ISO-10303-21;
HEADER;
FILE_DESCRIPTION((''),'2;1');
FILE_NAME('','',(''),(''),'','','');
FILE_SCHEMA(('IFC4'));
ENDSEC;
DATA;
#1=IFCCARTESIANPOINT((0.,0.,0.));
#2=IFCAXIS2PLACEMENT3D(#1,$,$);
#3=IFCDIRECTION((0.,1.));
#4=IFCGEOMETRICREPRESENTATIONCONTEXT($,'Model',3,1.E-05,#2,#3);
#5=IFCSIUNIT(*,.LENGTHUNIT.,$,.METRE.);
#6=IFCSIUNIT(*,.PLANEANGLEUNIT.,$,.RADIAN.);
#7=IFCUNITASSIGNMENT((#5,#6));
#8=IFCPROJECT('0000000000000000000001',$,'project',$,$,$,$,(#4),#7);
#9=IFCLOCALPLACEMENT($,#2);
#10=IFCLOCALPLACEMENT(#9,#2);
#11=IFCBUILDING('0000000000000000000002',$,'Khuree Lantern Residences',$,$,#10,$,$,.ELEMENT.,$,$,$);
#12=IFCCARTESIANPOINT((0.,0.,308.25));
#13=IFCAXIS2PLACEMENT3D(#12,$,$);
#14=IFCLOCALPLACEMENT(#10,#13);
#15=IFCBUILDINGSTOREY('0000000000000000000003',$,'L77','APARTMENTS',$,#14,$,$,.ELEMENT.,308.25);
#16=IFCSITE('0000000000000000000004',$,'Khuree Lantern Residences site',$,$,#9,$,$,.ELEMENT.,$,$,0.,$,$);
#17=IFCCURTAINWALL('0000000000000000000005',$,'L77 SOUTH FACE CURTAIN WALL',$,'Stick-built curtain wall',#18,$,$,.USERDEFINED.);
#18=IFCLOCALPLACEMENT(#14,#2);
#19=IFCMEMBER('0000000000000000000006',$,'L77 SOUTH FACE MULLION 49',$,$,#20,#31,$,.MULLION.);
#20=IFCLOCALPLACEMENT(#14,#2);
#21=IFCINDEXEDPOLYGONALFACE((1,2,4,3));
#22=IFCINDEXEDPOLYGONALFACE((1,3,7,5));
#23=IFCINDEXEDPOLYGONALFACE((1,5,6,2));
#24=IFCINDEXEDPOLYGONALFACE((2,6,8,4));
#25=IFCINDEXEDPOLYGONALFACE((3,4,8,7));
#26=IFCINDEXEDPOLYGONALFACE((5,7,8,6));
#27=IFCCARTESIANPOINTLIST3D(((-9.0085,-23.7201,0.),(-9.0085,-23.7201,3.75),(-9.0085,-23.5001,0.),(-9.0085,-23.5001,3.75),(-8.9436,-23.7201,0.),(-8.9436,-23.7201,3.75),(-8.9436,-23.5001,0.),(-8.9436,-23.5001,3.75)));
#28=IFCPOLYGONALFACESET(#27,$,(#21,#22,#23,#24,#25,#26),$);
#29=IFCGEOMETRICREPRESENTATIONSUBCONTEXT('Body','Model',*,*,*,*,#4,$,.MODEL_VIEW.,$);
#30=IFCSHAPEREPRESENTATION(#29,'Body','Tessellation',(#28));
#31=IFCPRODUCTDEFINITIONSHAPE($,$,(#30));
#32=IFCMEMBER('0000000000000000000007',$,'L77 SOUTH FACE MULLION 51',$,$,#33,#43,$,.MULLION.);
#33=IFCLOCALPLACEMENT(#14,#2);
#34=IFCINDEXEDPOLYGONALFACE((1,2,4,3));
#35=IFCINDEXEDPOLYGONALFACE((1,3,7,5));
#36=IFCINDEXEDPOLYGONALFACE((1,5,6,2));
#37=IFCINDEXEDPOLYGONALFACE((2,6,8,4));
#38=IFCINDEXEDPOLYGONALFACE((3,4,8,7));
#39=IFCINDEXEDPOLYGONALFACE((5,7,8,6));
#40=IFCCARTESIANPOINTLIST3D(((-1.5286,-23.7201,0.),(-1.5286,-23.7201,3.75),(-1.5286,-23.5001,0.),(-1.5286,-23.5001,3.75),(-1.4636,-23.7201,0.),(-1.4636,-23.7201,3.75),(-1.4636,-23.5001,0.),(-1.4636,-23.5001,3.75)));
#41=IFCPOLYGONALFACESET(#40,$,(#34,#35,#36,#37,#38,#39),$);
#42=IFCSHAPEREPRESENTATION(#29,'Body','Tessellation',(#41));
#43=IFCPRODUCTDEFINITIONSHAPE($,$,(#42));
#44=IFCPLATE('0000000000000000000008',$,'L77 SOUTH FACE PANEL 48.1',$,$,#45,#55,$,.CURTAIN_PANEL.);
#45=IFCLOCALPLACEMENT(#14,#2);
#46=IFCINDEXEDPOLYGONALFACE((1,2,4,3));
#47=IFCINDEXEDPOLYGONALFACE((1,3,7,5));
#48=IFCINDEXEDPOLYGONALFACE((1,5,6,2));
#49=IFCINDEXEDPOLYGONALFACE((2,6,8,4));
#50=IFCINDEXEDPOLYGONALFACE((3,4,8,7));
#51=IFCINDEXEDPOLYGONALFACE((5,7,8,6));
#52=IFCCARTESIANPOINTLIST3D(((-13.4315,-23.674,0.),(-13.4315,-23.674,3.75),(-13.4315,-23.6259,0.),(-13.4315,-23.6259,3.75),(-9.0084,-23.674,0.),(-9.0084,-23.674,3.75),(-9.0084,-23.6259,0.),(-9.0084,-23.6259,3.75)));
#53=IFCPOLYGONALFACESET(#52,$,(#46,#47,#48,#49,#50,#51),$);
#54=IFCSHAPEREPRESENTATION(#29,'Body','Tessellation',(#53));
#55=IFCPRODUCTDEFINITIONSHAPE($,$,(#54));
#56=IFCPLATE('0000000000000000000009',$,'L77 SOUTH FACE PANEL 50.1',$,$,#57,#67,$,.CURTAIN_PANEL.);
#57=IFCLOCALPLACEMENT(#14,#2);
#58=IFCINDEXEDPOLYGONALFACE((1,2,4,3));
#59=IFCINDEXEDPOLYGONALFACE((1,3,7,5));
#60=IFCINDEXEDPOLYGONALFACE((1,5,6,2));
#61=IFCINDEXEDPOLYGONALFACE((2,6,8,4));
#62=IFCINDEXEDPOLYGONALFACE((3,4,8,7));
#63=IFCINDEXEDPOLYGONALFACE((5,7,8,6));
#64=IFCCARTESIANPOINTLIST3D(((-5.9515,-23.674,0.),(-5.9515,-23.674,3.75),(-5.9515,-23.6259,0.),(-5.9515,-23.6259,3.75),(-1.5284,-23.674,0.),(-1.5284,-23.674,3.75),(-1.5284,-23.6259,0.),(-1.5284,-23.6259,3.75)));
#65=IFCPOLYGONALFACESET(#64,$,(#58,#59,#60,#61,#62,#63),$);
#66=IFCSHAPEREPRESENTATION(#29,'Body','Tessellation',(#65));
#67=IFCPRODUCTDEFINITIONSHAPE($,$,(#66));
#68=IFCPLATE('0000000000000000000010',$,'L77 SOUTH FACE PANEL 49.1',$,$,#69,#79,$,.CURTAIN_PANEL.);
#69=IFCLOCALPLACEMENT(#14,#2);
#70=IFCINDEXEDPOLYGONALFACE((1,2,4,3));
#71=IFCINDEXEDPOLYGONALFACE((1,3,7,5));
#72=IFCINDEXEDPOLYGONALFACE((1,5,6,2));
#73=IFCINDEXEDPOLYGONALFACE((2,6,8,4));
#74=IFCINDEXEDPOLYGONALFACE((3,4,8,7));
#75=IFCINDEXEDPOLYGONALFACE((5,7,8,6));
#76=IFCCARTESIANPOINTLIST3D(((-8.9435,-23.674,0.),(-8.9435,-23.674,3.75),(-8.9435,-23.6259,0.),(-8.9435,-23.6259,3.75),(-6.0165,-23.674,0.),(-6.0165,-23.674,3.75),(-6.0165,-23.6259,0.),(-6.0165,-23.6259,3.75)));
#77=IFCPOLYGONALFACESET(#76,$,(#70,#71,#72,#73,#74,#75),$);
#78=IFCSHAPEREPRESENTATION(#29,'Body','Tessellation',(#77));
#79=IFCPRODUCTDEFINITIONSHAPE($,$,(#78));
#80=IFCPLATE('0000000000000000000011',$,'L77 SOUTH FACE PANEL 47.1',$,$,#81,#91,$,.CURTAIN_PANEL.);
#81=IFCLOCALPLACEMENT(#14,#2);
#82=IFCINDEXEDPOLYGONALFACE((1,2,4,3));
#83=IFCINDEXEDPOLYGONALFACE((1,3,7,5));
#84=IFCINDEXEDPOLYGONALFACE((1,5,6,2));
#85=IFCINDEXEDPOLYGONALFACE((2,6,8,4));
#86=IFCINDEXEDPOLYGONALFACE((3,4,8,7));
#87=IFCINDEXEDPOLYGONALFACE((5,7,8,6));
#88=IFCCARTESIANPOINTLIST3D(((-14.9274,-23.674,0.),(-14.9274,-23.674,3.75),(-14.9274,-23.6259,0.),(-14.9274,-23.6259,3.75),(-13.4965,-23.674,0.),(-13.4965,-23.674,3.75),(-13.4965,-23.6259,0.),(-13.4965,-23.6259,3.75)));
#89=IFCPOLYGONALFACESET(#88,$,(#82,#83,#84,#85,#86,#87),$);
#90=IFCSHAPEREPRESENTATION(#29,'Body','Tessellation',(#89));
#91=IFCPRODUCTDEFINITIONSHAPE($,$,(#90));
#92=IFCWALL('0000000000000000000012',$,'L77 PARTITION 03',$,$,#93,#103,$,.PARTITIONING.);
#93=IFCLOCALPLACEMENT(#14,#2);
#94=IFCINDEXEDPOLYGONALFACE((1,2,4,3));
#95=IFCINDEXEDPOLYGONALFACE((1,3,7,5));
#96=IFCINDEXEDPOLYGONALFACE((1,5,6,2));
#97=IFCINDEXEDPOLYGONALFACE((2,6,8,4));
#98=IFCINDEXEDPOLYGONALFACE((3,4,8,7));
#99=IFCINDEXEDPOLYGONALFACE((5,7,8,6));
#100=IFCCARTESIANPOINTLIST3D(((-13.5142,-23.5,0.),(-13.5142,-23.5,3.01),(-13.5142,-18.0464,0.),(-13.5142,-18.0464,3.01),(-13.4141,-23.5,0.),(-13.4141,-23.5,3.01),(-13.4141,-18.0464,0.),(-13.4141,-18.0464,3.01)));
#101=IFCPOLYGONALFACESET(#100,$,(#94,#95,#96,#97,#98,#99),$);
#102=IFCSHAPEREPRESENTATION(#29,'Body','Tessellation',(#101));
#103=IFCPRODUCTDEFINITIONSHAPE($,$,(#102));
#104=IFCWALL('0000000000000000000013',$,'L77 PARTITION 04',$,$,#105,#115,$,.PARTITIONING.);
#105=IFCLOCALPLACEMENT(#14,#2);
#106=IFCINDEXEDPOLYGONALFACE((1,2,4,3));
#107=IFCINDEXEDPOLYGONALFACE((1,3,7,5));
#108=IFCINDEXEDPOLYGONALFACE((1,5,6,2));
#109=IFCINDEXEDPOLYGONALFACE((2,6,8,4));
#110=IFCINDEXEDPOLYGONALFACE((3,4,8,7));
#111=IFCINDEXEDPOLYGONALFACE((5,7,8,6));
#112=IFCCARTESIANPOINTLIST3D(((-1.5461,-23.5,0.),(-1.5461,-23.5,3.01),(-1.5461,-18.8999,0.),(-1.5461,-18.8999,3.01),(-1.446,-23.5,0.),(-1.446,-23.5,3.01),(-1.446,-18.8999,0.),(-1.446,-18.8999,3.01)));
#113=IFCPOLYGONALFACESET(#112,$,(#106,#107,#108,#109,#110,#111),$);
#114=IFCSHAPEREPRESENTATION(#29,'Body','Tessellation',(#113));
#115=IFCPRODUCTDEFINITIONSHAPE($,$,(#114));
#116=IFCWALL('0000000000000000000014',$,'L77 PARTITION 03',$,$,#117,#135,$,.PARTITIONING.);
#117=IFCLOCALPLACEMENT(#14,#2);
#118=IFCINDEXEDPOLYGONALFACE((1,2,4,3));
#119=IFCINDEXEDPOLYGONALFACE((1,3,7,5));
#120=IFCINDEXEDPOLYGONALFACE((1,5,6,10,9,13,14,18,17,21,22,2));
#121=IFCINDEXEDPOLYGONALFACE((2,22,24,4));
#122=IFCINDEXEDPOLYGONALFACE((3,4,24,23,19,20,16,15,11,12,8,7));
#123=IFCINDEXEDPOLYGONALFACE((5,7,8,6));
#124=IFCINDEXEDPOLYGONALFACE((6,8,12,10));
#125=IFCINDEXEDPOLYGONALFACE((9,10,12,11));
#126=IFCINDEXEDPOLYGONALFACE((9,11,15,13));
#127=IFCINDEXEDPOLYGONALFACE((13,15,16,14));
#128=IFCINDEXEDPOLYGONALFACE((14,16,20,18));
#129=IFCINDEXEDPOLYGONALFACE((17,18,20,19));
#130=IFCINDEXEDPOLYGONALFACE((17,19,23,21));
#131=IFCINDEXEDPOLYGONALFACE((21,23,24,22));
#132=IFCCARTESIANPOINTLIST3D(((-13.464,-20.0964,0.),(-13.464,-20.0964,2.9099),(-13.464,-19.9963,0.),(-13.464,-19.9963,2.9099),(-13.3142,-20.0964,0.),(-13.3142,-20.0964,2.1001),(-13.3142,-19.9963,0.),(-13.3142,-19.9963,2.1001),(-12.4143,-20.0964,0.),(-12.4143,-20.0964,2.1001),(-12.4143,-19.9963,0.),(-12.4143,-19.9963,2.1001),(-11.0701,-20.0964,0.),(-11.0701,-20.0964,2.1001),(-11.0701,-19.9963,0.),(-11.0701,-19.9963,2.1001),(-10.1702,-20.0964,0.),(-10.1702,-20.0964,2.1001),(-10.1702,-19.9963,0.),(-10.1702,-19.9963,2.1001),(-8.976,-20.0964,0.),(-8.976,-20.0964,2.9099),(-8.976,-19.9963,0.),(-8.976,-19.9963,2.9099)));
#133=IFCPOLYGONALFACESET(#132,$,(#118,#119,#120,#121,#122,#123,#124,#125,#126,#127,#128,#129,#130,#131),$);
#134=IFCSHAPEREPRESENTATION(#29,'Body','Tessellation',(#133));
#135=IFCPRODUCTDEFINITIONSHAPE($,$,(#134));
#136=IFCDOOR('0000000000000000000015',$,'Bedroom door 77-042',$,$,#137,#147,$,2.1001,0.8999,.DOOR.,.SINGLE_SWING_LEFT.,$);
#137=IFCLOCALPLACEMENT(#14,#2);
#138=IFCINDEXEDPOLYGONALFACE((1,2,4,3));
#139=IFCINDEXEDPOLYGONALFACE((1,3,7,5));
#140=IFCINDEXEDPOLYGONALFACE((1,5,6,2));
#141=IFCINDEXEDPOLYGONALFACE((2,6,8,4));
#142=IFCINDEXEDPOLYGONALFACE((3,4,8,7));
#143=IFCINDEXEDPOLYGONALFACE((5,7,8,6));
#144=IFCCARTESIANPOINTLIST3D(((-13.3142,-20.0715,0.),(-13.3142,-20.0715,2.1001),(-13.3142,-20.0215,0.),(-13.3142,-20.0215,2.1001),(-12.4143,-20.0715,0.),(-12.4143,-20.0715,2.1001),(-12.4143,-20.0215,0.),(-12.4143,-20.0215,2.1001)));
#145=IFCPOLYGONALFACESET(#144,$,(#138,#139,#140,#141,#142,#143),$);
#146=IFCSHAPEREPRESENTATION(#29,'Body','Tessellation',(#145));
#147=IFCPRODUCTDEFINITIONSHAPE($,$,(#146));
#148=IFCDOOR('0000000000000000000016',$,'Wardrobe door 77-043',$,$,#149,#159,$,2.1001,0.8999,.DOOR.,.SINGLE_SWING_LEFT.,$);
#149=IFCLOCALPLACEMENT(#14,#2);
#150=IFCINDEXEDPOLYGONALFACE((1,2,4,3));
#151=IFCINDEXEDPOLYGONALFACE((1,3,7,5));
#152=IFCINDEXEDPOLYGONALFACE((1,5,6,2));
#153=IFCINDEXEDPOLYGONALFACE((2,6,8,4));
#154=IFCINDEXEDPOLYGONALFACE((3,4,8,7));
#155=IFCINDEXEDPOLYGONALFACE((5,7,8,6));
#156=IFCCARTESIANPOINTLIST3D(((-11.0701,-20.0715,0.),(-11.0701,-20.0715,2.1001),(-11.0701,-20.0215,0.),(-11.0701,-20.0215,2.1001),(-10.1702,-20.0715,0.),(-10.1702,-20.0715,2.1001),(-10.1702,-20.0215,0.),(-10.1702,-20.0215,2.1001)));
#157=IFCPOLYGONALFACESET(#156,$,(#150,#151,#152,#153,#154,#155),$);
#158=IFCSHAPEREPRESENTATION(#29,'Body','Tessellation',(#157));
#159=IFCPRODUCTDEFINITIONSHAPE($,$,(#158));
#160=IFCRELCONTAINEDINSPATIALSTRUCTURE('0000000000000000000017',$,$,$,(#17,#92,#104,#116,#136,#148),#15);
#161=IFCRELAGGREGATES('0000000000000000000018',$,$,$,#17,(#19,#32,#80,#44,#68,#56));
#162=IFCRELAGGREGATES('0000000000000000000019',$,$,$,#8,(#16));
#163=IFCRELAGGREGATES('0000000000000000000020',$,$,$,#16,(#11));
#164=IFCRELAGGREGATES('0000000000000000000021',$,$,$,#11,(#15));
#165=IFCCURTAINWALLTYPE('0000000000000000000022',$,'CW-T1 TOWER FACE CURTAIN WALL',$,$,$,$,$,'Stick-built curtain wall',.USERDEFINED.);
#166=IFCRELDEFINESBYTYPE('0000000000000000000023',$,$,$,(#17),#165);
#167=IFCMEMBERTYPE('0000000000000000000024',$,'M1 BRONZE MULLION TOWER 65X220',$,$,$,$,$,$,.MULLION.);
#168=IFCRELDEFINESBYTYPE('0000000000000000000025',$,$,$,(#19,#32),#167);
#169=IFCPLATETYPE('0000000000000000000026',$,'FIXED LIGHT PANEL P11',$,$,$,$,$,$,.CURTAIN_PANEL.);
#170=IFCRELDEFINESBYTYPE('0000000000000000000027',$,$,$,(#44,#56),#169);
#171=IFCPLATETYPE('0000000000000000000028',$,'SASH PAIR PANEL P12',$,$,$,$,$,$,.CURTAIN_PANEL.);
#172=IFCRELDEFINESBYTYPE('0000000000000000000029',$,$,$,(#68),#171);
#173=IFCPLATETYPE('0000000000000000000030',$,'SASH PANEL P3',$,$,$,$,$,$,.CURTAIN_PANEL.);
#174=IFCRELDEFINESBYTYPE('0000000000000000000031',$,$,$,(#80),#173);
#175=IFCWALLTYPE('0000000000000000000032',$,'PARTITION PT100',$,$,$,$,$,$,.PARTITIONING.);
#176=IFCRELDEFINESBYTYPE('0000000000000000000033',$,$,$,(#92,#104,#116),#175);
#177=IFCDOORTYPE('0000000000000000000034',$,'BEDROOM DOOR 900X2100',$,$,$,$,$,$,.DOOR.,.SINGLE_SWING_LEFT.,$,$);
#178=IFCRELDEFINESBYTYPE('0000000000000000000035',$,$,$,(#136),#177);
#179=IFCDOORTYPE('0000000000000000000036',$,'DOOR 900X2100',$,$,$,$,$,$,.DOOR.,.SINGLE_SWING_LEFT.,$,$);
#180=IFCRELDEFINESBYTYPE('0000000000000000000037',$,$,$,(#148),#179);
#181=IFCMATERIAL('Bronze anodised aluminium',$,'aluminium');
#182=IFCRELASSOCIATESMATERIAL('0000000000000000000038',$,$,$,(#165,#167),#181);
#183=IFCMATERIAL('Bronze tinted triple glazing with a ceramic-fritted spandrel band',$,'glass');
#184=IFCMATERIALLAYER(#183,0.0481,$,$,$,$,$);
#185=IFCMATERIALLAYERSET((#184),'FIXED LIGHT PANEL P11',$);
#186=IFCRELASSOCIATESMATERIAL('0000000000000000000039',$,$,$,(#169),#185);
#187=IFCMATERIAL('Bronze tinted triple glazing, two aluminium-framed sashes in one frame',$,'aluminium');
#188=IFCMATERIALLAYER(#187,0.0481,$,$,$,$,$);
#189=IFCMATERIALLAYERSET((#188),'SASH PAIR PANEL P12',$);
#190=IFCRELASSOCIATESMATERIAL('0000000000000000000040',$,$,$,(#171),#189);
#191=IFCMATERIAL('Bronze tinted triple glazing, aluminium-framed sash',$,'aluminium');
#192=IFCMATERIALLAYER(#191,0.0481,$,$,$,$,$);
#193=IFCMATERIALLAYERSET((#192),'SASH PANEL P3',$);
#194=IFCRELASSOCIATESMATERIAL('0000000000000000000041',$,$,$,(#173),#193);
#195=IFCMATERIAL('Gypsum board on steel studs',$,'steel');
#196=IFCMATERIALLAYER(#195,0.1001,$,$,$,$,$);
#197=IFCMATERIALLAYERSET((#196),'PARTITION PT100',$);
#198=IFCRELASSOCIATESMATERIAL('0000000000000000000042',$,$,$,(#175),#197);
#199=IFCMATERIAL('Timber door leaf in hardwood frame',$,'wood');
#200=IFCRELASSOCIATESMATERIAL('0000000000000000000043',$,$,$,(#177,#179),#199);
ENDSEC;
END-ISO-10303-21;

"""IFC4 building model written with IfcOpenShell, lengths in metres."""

from ifc_helpers import new_model, si_unit, direction, frame, frame_2d, origin, origin_2d, place, context, subcontext, project, spatial, rectangle, extrude, material, layer, layer_set, material_profile, profile_set, type_object, element, fill, aggregate, save


model = new_model("IFC4")

# Units and contexts
model_context = context("Model", 3, precision=1e-05, world=origin(), true_north=direction((0.0, 1.0)))
body_context = subcontext(model_context, "Body", "Model", "MODEL_VIEW")
ifc_project = project(units=[si_unit("LENGTHUNIT", "METRE"), si_unit("PLANEANGLEUNIT", "RADIAN")], contexts=[model_context])

# Site, building, storey
site_placement = place(None, origin())
site = spatial("IfcSite", under=ifc_project, at=site_placement, Name="Khuree Lantern Residences site", CompositionType="ELEMENT", RefElevation=0.0)
building_placement = place(site_placement, origin())
building = spatial("IfcBuilding", under=site, at=building_placement, Name="Khuree Lantern Residences", CompositionType="ELEMENT")
storey_placement = place(building_placement, frame((0.0, 0.0, 308.25)))
storey = spatial("IfcBuildingStorey", under=building, at=storey_placement, Name="L77", Description="APARTMENTS", CompositionType="ELEMENT", Elevation=308.25)

# Curtain wall
ifc_material_1 = material(Name="Bronze anodised aluminium", Category="aluminium")
curtain_wall_type = type_object("IfcCurtainWallType", Name="CW-T1 TOWER FACE CURTAIN WALL", ElementType="Stick-built curtain wall", PredefinedType="USERDEFINED", material=ifc_material_1)
curtain_wall_placement = place(storey_placement, origin())
curtain_wall = element("IfcCurtainWall", 1, at=curtain_wall_placement, inside=storey, type_object=curtain_wall_type, Name="L77 SOUTH FACE CURTAIN WALL", ObjectType="Stick-built curtain wall", PredefinedType="USERDEFINED")

# Members
ifc_material_profile_1 = material_profile(ifc_material_1, rectangle(XDim=0.0649, YDim=0.22, at=origin_2d()), Name="M1 65X220")
ifc_profile_set_1 = profile_set([ifc_material_profile_1], Name="Bronze anodised aluminium")
member_type_1 = type_object("IfcMemberType", Name="M1 BRONZE MULLION TOWER 65X220", PredefinedType="MULLION", material=ifc_profile_set_1)
member_1_placement = place(storey_placement, frame((-8.9761, -23.6101, 0.0), z_axis=(0.0, 0.0, 1.0), x_axis=(1.0, 0.0, 0.0)))
member_1 = element("IfcMember", 2, at=member_1_placement, type_object=member_type_1, Name="L77 SOUTH FACE MULLION 49", PredefinedType="MULLION", context=body_context, shape_type="SweptSolid", body=[
    extrude(rectangle(XDim=0.0649, YDim=0.22, at=origin_2d()), origin(), (0.0, 0.0, 1.0), 3.75),
])
member_2_placement = place(storey_placement, frame((-1.4961, -23.6101, 0.0), z_axis=(0.0, 0.0, 1.0), x_axis=(1.0, 0.0, 0.0)))
member_2 = element("IfcMember", 3, at=member_2_placement, type_object=member_type_1, Name="L77 SOUTH FACE MULLION 51", PredefinedType="MULLION", context=body_context, shape_type="SweptSolid", body=[
    extrude(rectangle(XDim=0.0649, YDim=0.22, at=origin_2d()), origin(), (0.0, 0.0, 1.0), 3.75),
])

# Plates
ifc_material_2 = material(Name="Bronze tinted triple glazing with a ceramic-fritted spandrel band", Category="glass")
ifc_layer_1 = layer(ifc_material_2, 0.0481)
ifc_layer_set_1 = layer_set([ifc_layer_1], Name="FIXED LIGHT PANEL P11")
plate_type_1 = type_object("IfcPlateType", Name="FIXED LIGHT PANEL P11", PredefinedType="CURTAIN_PANEL", material=ifc_layer_set_1)
plate_1_placement = place(storey_placement, frame((-11.22, -23.6499, 0.0), z_axis=(0.0, 0.0, 1.0), x_axis=(1.0, 0.0, 0.0)))
plate_1 = element("IfcPlate", 4, at=plate_1_placement, type_object=plate_type_1, Name="L77 SOUTH FACE PANEL 48.1", PredefinedType="CURTAIN_PANEL", context=body_context, shape_type="SweptSolid", body=[
    extrude(rectangle(XDim=4.4231, YDim=0.0481, at=origin_2d()), origin(), (0.0, 0.0, 1.0), 3.75),
])
plate_2_placement = place(storey_placement, frame((-3.74, -23.6499, 0.0), z_axis=(0.0, 0.0, 1.0), x_axis=(1.0, 0.0, 0.0)))
plate_2 = element("IfcPlate", 5, at=plate_2_placement, type_object=plate_type_1, Name="L77 SOUTH FACE PANEL 50.1", PredefinedType="CURTAIN_PANEL", context=body_context, shape_type="SweptSolid", body=[
    extrude(rectangle(XDim=4.4231, YDim=0.0481, at=origin_2d()), origin(), (0.0, 0.0, 1.0), 3.75),
])
ifc_material_3 = material(Name="Bronze tinted triple glazing, two aluminium-framed sashes in one frame", Category="aluminium")
ifc_layer_2 = layer(ifc_material_3, 0.0481)
ifc_layer_set_2 = layer_set([ifc_layer_2], Name="SASH PAIR PANEL P12")
plate_type_2 = type_object("IfcPlateType", Name="SASH PAIR PANEL P12", PredefinedType="CURTAIN_PANEL", material=ifc_layer_set_2)
plate_3_placement = place(storey_placement, frame((-7.48, -23.6499, 0.0), z_axis=(0.0, 0.0, 1.0), x_axis=(1.0, 0.0, 0.0)))
plate_3 = element("IfcPlate", 6, at=plate_3_placement, type_object=plate_type_2, Name="L77 SOUTH FACE PANEL 49.1", PredefinedType="CURTAIN_PANEL", context=body_context, shape_type="SweptSolid", body=[
    extrude(rectangle(XDim=2.927, YDim=0.0481, at=origin_2d()), origin(), (0.0, 0.0, 1.0), 3.75),
])
ifc_material_4 = material(Name="Bronze tinted triple glazing, aluminium-framed sash", Category="aluminium")
ifc_layer_3 = layer(ifc_material_4, 0.0481)
ifc_layer_set_3 = layer_set([ifc_layer_3], Name="SASH PANEL P3")
plate_type_3 = type_object("IfcPlateType", Name="SASH PANEL P3", PredefinedType="CURTAIN_PANEL", material=ifc_layer_set_3)
plate_4_placement = place(storey_placement, frame((-14.2119, -23.6499, 0.0), z_axis=(0.0, 0.0, 1.0), x_axis=(1.0, 0.0, 0.0)))
plate_4 = element("IfcPlate", 7, at=plate_4_placement, type_object=plate_type_3, Name="L77 SOUTH FACE PANEL 47.1", PredefinedType="CURTAIN_PANEL", context=body_context, shape_type="SweptSolid", body=[
    extrude(rectangle(XDim=1.4309, YDim=0.0481, at=origin_2d()), origin(), (0.0, 0.0, 1.0), 3.75),
])
aggregate(curtain_wall, [member_1, member_2, plate_4, plate_1, plate_3, plate_2])

# Walls
ifc_material_5 = material(Name="Gypsum board on steel studs", Category="steel")
ifc_layer_4 = layer(ifc_material_5, 0.1001)
ifc_layer_set_4 = layer_set([ifc_layer_4], Name="PARTITION PT100")
wall_type = type_object("IfcWallType", Name="PARTITION PT100", PredefinedType="PARTITIONING", material=ifc_layer_set_4)
wall_1_placement = place(storey_placement, frame((-13.4641, -18.0464, 0.0), z_axis=(0.0, 0.0, 1.0), x_axis=(0.0, -1.0, 0.0)))
element("IfcWall", 8, at=wall_1_placement, inside=storey, type_object=wall_type, Name="L77 PARTITION 03", PredefinedType="PARTITIONING", context=body_context, shape_type="SweptSolid", body=[
    extrude(rectangle(XDim=5.4536, YDim=0.1001, at=frame_2d((2.7268, 0.0))), origin(), (0.0, 0.0, 1.0), 3.01),
])
wall_2_placement = place(storey_placement, frame((-1.4961, -18.8999, 0.0), z_axis=(0.0, 0.0, 1.0), x_axis=(0.0, -1.0, 0.0)))
element("IfcWall", 9, at=wall_2_placement, inside=storey, type_object=wall_type, Name="L77 PARTITION 04", PredefinedType="PARTITIONING", context=body_context, shape_type="SweptSolid", body=[
    extrude(rectangle(XDim=4.6001, YDim=0.1001, at=frame_2d((2.3, 0.0))), origin(), (0.0, 0.0, 1.0), 3.01),
])

# Wall, openings, doors
wall_3_placement = place(storey_placement, frame((-13.4641, -20.0464, 0.0), z_axis=(0.0, 0.0, 1.0), x_axis=(1.0, 0.0, 0.0)))
wall_3 = element("IfcWall", 10, at=wall_3_placement, inside=storey, type_object=wall_type, Name="L77 PARTITION 03", PredefinedType="PARTITIONING", context=body_context, shape_type="SweptSolid", body=[
    extrude(rectangle(XDim=4.488, YDim=0.1001, at=frame_2d((2.2441, 0.0))), origin(), (0.0, 0.0, 1.0), 2.9099),
])
opening_1_placement = place(wall_3_placement, frame((0.1499, 0.0, 0.0)))
opening_1 = element("IfcOpeningElement", 11, at=opening_1_placement, cuts=wall_3, PredefinedType="OPENING", context=body_context, shape_type="SweptSolid", body=[
    extrude(rectangle(XDim=0.8999, YDim=2.1001, at=frame_2d((0.45, 1.05))), frame((0.0, 0.0601, 0.0), z_axis=(0.0, -1.0, 0.0), x_axis=(1.0, 0.0, 0.0)), (0.0, 0.0, 1.0), 0.1201),
])
opening_2_placement = place(wall_3_placement, frame((2.394, 0.0, 0.0)))
opening_2 = element("IfcOpeningElement", 12, at=opening_2_placement, cuts=wall_3, PredefinedType="OPENING", context=body_context, shape_type="SweptSolid", body=[
    extrude(rectangle(XDim=0.8999, YDim=2.1001, at=frame_2d((0.45, 1.05))), frame((0.0, 0.0601, 0.0), z_axis=(0.0, -1.0, 0.0), x_axis=(1.0, 0.0, 0.0)), (0.0, 0.0, 1.0), 0.1201),
])
ifc_material_6 = material(Name="Timber door leaf in hardwood frame", Category="wood")
door_type_1 = type_object("IfcDoorType", Name="BEDROOM DOOR 900X2100", OperationType="SINGLE_SWING_LEFT", PredefinedType="DOOR", material=ifc_material_6)
door_1_placement = place(opening_1_placement, origin())
door_1 = element("IfcDoor", 13, at=door_1_placement, inside=storey, type_object=door_type_1, Name="Bedroom door 77-042", OperationType="SINGLE_SWING_LEFT", OverallHeight=2.1001, OverallWidth=0.8999, PredefinedType="DOOR", context=body_context, shape_type="SweptSolid", body=[
    extrude(rectangle(XDim=0.8999, YDim=2.1001, at=frame_2d((0.45, 1.05))), frame((0.0, 0.0249, 0.0), z_axis=(0.0, -1.0, 0.0), x_axis=(1.0, 0.0, 0.0)), (0.0, 0.0, 1.0), 0.05),
])
fill(opening_1, door_1)
door_type_2 = type_object("IfcDoorType", Name="DOOR 900X2100", OperationType="SINGLE_SWING_LEFT", PredefinedType="DOOR", material=ifc_material_6)
door_2_placement = place(opening_2_placement, origin())
door_2 = element("IfcDoor", 14, at=door_2_placement, inside=storey, type_object=door_type_2, Name="Wardrobe door 77-043", OperationType="SINGLE_SWING_LEFT", OverallHeight=2.1001, OverallWidth=0.8999, PredefinedType="DOOR", context=body_context, shape_type="SweptSolid", body=[
    extrude(rectangle(XDim=0.8999, YDim=2.1001, at=frame_2d((0.45, 1.05))), frame((0.0, 0.0249, 0.0), z_axis=(0.0, -1.0, 0.0), x_axis=(1.0, 0.0, 0.0)), (0.0, 0.0, 1.0), 0.05),
])
fill(opening_2, door_2)

save(model, "model.ifc")
